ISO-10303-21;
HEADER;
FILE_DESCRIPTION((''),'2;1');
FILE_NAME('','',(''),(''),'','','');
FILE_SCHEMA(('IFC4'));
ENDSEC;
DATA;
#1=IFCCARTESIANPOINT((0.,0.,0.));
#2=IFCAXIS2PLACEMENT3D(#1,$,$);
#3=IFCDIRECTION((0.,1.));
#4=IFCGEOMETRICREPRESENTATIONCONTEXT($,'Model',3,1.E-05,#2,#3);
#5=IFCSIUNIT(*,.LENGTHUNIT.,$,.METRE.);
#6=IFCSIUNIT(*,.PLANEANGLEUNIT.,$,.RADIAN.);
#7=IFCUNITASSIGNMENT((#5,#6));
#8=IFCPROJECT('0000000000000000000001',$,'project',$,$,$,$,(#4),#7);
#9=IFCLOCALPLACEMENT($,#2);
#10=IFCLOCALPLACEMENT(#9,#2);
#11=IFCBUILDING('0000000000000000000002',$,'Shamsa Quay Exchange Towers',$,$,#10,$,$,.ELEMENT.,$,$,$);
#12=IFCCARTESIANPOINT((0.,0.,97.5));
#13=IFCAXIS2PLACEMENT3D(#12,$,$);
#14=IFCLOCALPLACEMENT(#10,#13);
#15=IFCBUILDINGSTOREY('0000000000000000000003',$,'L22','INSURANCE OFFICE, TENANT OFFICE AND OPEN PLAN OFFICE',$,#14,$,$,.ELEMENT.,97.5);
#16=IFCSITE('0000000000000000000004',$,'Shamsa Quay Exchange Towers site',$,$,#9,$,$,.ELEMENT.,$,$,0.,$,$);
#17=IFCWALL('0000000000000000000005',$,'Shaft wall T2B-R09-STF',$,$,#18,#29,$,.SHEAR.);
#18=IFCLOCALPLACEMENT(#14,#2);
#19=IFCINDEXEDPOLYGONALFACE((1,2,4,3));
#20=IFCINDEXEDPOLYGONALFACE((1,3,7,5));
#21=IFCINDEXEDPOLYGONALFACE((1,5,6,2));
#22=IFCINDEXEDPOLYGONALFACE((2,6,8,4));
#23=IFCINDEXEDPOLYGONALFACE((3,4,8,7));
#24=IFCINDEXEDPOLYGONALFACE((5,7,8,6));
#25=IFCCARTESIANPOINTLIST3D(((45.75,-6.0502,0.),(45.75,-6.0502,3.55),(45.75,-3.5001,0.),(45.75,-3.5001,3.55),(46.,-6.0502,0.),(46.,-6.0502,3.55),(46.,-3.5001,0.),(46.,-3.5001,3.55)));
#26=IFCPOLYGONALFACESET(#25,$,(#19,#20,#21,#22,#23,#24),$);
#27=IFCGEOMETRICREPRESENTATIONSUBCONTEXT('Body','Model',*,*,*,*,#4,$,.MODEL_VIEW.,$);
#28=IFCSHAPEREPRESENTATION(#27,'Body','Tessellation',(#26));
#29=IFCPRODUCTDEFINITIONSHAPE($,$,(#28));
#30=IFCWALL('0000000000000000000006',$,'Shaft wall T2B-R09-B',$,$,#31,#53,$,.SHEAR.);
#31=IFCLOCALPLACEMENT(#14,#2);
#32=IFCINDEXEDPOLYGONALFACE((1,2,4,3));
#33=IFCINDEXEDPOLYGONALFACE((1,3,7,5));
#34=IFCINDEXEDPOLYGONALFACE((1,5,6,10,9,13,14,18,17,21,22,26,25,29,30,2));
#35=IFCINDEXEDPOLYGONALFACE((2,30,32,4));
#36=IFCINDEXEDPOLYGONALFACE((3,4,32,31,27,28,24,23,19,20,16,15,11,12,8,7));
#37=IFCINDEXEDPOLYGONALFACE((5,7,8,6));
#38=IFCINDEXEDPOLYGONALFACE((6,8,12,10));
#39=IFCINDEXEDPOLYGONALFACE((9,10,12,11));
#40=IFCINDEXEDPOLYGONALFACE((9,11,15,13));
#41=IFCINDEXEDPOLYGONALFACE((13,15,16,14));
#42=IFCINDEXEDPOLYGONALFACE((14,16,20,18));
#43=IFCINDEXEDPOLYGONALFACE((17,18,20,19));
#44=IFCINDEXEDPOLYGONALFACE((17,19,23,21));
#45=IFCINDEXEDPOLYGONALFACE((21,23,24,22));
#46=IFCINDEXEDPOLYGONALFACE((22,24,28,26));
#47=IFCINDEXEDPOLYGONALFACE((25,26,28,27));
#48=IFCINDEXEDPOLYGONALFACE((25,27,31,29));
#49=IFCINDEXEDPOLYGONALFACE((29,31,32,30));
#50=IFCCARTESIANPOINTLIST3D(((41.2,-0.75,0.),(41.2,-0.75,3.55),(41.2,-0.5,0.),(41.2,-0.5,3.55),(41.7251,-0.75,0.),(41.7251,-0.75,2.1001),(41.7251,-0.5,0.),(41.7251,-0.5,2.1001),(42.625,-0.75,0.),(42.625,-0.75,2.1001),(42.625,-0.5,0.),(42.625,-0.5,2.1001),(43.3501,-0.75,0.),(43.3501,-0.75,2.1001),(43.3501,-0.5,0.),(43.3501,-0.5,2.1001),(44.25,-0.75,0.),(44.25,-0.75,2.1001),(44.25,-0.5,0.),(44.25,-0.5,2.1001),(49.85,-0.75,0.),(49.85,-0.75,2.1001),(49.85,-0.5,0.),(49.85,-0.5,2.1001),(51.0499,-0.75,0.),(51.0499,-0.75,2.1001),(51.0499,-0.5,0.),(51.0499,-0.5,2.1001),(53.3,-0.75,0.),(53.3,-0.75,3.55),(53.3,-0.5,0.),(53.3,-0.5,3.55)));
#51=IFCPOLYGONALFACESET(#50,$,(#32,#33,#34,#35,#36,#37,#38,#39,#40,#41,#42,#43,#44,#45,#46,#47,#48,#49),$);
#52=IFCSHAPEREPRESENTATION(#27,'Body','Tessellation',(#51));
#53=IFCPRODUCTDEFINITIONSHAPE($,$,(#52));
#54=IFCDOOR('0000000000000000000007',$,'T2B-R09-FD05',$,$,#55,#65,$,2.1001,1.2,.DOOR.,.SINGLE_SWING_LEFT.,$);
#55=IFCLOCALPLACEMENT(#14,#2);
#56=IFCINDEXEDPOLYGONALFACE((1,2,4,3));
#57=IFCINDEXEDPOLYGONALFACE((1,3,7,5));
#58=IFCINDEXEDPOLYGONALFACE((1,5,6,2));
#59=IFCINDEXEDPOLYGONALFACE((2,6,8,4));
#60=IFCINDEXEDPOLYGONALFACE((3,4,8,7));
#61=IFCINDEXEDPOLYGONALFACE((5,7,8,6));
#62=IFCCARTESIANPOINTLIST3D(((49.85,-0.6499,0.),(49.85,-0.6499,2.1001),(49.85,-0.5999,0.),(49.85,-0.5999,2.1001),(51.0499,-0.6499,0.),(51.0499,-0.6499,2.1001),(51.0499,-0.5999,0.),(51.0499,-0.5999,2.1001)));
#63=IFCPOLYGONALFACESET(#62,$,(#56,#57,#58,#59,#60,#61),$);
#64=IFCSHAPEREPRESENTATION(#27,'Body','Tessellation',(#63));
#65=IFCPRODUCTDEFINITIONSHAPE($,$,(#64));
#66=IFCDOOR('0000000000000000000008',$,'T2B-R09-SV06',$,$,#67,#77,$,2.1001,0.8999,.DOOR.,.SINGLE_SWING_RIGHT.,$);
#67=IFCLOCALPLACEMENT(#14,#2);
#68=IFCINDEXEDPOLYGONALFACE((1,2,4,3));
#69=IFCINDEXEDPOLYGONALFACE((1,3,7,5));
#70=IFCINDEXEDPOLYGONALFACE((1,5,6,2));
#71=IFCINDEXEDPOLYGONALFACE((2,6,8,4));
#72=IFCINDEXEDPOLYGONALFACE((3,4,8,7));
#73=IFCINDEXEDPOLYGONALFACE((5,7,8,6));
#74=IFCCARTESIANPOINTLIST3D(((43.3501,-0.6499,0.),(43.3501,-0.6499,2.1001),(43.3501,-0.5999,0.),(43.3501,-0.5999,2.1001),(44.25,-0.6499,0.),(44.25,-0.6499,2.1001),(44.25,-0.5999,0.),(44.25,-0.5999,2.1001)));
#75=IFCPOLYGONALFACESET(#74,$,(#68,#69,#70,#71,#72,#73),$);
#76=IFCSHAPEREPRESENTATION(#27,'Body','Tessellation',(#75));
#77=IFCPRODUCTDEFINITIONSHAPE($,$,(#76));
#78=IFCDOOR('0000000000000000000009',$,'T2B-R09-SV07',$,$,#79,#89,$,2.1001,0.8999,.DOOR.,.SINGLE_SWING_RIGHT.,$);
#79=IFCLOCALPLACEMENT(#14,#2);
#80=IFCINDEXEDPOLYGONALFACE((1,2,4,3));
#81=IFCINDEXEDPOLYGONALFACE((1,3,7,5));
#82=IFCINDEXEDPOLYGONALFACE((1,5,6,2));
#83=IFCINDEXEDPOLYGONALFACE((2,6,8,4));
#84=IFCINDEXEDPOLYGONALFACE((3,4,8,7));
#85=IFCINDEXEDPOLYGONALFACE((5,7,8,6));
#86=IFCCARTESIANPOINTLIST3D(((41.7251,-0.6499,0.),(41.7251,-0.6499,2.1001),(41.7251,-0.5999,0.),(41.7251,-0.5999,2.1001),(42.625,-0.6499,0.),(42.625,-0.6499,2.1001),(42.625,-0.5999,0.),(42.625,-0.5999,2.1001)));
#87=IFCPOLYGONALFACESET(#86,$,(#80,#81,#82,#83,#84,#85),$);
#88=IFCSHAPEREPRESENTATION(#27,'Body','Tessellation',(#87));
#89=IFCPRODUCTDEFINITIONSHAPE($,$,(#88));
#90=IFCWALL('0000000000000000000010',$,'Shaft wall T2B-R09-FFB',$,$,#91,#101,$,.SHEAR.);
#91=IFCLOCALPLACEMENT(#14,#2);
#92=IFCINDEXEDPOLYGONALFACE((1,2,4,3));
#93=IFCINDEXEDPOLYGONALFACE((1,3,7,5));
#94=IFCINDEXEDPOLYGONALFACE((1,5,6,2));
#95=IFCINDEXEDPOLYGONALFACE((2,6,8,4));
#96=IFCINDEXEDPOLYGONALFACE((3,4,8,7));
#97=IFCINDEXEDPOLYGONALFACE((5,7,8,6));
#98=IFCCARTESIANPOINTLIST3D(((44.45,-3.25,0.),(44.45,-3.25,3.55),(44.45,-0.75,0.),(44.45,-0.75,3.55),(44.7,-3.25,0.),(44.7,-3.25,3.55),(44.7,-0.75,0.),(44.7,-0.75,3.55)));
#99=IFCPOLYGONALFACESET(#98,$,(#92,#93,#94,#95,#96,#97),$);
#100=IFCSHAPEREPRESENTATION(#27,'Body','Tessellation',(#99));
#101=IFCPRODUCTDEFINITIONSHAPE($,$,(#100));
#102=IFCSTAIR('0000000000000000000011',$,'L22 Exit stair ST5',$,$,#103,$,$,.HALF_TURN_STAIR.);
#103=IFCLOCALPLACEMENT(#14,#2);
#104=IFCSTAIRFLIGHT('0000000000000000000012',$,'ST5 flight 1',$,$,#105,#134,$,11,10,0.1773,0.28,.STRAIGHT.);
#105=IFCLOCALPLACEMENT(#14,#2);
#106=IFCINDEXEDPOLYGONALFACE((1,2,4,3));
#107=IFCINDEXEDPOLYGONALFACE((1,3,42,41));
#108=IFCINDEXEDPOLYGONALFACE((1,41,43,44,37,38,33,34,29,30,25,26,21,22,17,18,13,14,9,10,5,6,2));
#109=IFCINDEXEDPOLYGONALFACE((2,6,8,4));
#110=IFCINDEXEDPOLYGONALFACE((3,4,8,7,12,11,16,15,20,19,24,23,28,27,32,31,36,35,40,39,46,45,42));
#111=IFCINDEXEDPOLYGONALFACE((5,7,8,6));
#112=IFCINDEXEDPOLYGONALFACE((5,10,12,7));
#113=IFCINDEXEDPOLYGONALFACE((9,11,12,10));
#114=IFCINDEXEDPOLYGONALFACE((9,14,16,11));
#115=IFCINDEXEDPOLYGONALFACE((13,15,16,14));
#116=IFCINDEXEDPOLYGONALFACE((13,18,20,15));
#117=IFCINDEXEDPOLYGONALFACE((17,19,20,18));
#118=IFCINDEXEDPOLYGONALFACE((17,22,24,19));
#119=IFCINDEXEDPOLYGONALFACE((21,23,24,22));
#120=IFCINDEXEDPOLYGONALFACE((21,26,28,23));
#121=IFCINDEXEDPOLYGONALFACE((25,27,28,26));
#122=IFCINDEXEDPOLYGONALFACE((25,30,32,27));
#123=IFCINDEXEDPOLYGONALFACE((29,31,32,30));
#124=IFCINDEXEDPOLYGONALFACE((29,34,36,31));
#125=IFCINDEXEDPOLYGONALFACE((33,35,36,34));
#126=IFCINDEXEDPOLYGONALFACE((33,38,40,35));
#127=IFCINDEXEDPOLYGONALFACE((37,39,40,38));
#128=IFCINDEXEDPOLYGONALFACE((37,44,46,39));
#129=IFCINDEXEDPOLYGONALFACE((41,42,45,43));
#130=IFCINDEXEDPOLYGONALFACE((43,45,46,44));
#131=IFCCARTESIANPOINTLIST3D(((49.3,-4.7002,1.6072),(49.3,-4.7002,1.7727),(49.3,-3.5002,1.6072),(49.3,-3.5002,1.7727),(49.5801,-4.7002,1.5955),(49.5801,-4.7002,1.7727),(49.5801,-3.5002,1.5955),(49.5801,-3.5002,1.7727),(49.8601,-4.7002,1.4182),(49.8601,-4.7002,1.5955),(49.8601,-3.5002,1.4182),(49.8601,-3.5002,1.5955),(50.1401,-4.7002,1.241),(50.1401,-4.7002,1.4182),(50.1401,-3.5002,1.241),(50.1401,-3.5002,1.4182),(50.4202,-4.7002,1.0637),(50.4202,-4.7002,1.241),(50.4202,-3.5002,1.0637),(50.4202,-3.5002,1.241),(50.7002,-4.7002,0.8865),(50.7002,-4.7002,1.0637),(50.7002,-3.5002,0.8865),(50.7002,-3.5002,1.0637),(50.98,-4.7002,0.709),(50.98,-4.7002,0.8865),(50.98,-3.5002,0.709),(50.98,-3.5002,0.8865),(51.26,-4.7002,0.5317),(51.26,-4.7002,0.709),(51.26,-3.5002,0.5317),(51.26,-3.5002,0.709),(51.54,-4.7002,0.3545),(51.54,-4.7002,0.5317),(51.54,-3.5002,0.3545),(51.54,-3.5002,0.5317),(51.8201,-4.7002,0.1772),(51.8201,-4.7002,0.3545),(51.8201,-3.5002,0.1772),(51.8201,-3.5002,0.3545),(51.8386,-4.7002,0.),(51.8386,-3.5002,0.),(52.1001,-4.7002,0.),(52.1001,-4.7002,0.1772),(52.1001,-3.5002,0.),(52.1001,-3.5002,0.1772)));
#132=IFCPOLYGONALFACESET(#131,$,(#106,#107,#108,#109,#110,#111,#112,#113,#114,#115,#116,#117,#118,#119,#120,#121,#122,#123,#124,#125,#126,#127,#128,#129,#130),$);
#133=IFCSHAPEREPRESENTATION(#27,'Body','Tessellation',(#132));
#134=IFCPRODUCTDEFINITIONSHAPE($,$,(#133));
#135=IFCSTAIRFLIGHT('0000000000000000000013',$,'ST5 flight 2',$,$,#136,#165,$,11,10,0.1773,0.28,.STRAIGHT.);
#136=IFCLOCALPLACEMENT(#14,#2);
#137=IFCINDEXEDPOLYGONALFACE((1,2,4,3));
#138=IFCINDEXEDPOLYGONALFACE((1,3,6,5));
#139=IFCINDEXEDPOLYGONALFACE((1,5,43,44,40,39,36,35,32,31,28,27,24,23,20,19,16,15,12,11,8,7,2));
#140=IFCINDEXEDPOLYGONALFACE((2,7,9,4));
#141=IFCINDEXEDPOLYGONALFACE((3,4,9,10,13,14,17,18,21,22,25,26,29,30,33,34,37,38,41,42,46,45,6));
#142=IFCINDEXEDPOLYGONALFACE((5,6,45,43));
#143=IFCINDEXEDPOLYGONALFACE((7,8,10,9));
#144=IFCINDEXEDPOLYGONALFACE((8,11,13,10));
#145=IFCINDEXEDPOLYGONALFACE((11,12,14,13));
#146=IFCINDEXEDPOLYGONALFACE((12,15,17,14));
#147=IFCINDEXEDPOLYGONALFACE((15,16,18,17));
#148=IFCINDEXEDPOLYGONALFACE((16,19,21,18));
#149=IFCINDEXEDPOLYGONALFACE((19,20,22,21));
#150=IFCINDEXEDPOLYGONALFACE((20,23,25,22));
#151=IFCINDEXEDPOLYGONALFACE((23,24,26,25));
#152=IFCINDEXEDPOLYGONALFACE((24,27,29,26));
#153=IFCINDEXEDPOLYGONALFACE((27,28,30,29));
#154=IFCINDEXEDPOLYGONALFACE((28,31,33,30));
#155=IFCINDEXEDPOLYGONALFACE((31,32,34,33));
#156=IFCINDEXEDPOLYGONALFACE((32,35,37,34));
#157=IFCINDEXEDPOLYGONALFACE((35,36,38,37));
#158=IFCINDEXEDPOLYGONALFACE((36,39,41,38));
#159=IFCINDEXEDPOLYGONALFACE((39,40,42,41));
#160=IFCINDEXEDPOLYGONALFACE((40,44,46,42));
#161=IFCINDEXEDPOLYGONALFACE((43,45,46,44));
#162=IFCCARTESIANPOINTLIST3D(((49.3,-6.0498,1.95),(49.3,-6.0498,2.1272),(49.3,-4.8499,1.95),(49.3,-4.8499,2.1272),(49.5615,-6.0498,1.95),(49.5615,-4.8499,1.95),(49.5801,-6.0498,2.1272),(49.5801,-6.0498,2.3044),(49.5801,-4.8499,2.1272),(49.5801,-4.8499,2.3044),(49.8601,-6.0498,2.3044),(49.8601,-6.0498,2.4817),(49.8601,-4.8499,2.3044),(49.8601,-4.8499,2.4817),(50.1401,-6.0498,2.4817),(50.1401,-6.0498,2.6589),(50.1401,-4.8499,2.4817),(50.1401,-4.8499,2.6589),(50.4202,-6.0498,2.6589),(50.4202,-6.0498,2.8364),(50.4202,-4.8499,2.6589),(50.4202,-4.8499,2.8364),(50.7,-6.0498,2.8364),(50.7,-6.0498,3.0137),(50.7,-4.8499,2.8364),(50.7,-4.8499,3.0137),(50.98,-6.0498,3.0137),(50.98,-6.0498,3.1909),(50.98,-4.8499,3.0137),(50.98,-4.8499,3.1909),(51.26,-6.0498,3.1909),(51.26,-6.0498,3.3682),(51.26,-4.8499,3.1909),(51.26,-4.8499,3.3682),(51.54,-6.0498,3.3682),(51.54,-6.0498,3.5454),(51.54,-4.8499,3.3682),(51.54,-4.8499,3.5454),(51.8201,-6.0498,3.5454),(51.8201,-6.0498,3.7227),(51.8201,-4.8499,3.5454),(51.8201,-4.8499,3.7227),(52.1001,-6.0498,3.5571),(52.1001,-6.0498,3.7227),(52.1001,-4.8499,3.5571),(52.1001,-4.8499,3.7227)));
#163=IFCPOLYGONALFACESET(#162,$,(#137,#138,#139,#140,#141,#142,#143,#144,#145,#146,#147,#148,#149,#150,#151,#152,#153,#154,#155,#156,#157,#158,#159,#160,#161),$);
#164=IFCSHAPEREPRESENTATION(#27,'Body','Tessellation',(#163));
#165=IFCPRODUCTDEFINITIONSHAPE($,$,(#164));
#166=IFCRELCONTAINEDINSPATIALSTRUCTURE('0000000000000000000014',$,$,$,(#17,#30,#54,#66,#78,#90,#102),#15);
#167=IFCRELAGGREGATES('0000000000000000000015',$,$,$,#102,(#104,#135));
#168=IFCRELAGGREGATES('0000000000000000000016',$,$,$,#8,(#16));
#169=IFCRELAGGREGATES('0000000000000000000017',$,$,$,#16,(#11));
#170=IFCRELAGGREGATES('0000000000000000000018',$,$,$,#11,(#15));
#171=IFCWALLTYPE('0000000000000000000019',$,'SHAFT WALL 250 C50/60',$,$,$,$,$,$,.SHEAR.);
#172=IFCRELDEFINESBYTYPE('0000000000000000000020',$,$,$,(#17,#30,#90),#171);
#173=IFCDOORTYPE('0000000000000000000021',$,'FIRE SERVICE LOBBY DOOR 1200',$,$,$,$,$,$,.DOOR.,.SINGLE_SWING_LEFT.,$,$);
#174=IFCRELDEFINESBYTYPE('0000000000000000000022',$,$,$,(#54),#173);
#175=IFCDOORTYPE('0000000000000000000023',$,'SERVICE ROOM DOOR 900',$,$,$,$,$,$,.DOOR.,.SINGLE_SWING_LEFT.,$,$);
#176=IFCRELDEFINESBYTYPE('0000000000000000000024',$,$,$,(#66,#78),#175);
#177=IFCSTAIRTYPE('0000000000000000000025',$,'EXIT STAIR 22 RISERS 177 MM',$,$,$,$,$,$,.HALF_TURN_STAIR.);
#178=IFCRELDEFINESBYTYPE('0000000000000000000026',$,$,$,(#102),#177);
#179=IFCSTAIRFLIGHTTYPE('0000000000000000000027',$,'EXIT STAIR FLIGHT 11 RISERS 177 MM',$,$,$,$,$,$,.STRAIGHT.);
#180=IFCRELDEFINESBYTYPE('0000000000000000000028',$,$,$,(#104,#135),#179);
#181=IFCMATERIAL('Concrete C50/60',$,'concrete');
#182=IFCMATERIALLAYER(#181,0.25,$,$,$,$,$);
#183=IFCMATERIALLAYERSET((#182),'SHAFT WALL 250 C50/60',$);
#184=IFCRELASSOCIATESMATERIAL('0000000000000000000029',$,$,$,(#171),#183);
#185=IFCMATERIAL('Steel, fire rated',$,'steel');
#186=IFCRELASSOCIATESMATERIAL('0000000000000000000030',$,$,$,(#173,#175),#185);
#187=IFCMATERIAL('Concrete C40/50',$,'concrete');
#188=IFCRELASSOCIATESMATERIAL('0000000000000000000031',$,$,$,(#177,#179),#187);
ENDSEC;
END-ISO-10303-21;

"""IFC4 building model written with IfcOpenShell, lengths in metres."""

from ifc_helpers import new_model, si_unit, direction, frame, frame_2d, origin, place, context, subcontext, project, spatial, polyline, rectangle, outline, extrude, material, layer, layer_set, type_object, element, fill, aggregate, save


model = new_model("IFC4")

# Units and contexts
model_context = context("Model", 3, precision=1e-05, world=origin(), true_north=direction((0.0, 1.0)))
body_context = subcontext(model_context, "Body", "Model", "MODEL_VIEW")
ifc_project = project(units=[si_unit("LENGTHUNIT", "METRE"), si_unit("PLANEANGLEUNIT", "RADIAN")], contexts=[model_context])

# Site, building, storey
site_placement = place(None, origin())
site = spatial("IfcSite", under=ifc_project, at=site_placement, Name="Shamsa Quay Exchange Towers site", CompositionType="ELEMENT", RefElevation=0.0)
building_placement = place(site_placement, origin())
building = spatial("IfcBuilding", under=site, at=building_placement, Name="Shamsa Quay Exchange Towers", CompositionType="ELEMENT")
storey_placement = place(building_placement, frame((0.0, 0.0, 97.5)))
storey = spatial("IfcBuildingStorey", under=building, at=storey_placement, Name="L22", Description="INSURANCE OFFICE, TENANT OFFICE AND OPEN PLAN OFFICE", CompositionType="ELEMENT", Elevation=97.5)

# Shared definitions
ifc_material_1 = material(Name="Steel, fire rated", Category="steel")
ifc_material_2 = material(Name="Concrete C50/60", Category="concrete")
ifc_layer_1 = layer(ifc_material_2, 0.25)
ifc_layer_set_1 = layer_set([ifc_layer_1], Name="SHAFT WALL 250 C50/60")
wall_type_1 = type_object("IfcWallType", Name="SHAFT WALL 250 C50/60", PredefinedType="SHEAR", material=ifc_layer_set_1)

# Wall
wall_1_placement = place(storey_placement, frame((45.875, -6.05, 0.0), z_axis=(0.0, 0.0, 1.0), x_axis=(0.0, 1.0, 0.0)))
element("IfcWall", 1, at=wall_1_placement, inside=storey, type_object=wall_type_1, Name="Shaft wall T2B-R09-STF", PredefinedType="SHEAR", context=body_context, shape_type="SweptSolid", body=[
    extrude(rectangle(XDim=2.55, YDim=0.25, at=frame_2d((1.2749, 0.0))), origin(), (0.0, 0.0, 1.0), 3.55),
])

# Wall, openings, doors
wall_2_placement = place(storey_placement, frame((53.3, -0.625, 0.0), z_axis=(0.0, 0.0, 1.0), x_axis=(-1.0, 0.0, 0.0)))
wall_2 = element("IfcWall", 2, at=wall_2_placement, inside=storey, type_object=wall_type_1, Name="Shaft wall T2B-R09-B", PredefinedType="SHEAR", context=body_context, shape_type="SweptSolid", body=[
    extrude(rectangle(XDim=12.1001, YDim=0.25, at=frame_2d((6.05, 0.0))), origin(), (0.0, 0.0, 1.0), 3.55),
])
opening_1_placement = place(wall_2_placement, frame((2.25, 0.0, 0.0)))
opening_1 = element("IfcOpeningElement", 3, at=opening_1_placement, cuts=wall_2, PredefinedType="OPENING", context=body_context, shape_type="SweptSolid", body=[
    extrude(rectangle(XDim=1.2, YDim=2.1001, at=frame_2d((0.6001, 1.05))), frame((0.0, 0.135, 0.0), z_axis=(0.0, -1.0, 0.0), x_axis=(1.0, 0.0, 0.0)), (0.0, 0.0, 1.0), 0.27),
])
opening_2_placement = place(wall_2_placement, frame((9.05, 0.0, 0.0)))
opening_2 = element("IfcOpeningElement", 4, at=opening_2_placement, cuts=wall_2, PredefinedType="OPENING", context=body_context, shape_type="SweptSolid", body=[
    extrude(rectangle(XDim=0.8999, YDim=2.1001, at=frame_2d((0.45, 1.05))), frame((0.0, 0.135, 0.0), z_axis=(0.0, -1.0, 0.0), x_axis=(1.0, 0.0, 0.0)), (0.0, 0.0, 1.0), 0.27),
])
opening_3_placement = place(wall_2_placement, frame((10.675, 0.0, 0.0)))
opening_3 = element("IfcOpeningElement", 5, at=opening_3_placement, cuts=wall_2, PredefinedType="OPENING", context=body_context, shape_type="SweptSolid", body=[
    extrude(rectangle(XDim=0.8999, YDim=2.1001, at=frame_2d((0.45, 1.05))), frame((0.0, 0.135, 0.0), z_axis=(0.0, -1.0, 0.0), x_axis=(1.0, 0.0, 0.0)), (0.0, 0.0, 1.0), 0.27),
])
door_type_1 = type_object("IfcDoorType", Name="FIRE SERVICE LOBBY DOOR 1200", OperationType="SINGLE_SWING_LEFT", PredefinedType="DOOR", material=ifc_material_1)
door_1_placement = place(opening_1_placement, origin())
door_1 = element("IfcDoor", 6, at=door_1_placement, inside=storey, type_object=door_type_1, Name="T2B-R09-FD05", OperationType="SINGLE_SWING_LEFT", OverallHeight=2.1001, OverallWidth=1.2, PredefinedType="DOOR", context=body_context, shape_type="SweptSolid", body=[
    extrude(rectangle(XDim=1.2, YDim=2.1001, at=frame_2d((0.6001, 1.05))), frame((0.0, 0.0249, 0.0), z_axis=(0.0, -1.0, 0.0), x_axis=(1.0, 0.0, 0.0)), (0.0, 0.0, 1.0), 0.05),
])
fill(opening_1, door_1)
door_type_2 = type_object("IfcDoorType", Name="SERVICE ROOM DOOR 900", OperationType="SINGLE_SWING_LEFT", PredefinedType="DOOR", material=ifc_material_1)
door_2_placement = place(opening_2_placement, origin())
door_2 = element("IfcDoor", 7, at=door_2_placement, inside=storey, type_object=door_type_2, Name="T2B-R09-SV06", OperationType="SINGLE_SWING_RIGHT", OverallHeight=2.1001, OverallWidth=0.8999, PredefinedType="DOOR", context=body_context, shape_type="SweptSolid", body=[
    extrude(rectangle(XDim=0.8999, YDim=2.1001, at=frame_2d((0.45, 1.05))), frame((0.0, 0.0249, 0.0), z_axis=(0.0, -1.0, 0.0), x_axis=(1.0, 0.0, 0.0)), (0.0, 0.0, 1.0), 0.05),
])
fill(opening_2, door_2)
door_3_placement = place(opening_3_placement, origin())
door_3 = element("IfcDoor", 8, at=door_3_placement, inside=storey, type_object=door_type_2, Name="T2B-R09-SV07", OperationType="SINGLE_SWING_RIGHT", OverallHeight=2.1001, OverallWidth=0.8999, PredefinedType="DOOR", context=body_context, shape_type="SweptSolid", body=[
    extrude(rectangle(XDim=0.8999, YDim=2.1001, at=frame_2d((0.45, 1.05))), frame((0.0, 0.0249, 0.0), z_axis=(0.0, -1.0, 0.0), x_axis=(1.0, 0.0, 0.0)), (0.0, 0.0, 1.0), 0.05),
])
fill(opening_3, door_3)

# Wall
wall_3_placement = place(storey_placement, frame((44.575, -3.25, 0.0), z_axis=(0.0, 0.0, 1.0), x_axis=(0.0, 1.0, 0.0)))
element("IfcWall", 9, at=wall_3_placement, inside=storey, type_object=wall_type_1, Name="Shaft wall T2B-R09-FFB", PredefinedType="SHEAR", context=body_context, shape_type="SweptSolid", body=[
    extrude(rectangle(XDim=2.5, YDim=0.25, at=frame_2d((1.25, 0.0))), origin(), (0.0, 0.0, 1.0), 3.55),
])

# Stair, stair flights
ifc_material_3 = material(Name="Concrete C40/50", Category="concrete")
stair_type = type_object("IfcStairType", Name="EXIT STAIR 22 RISERS 177 MM", PredefinedType="HALF_TURN_STAIR", material=ifc_material_3)
stair_placement = place(storey_placement, origin())
stair = element("IfcStair", 10, at=stair_placement, inside=storey, type_object=stair_type, Name="L22 Exit stair ST5", PredefinedType="HALF_TURN_STAIR")
stair_flight_type = type_object("IfcStairFlightType", Name="EXIT STAIR FLIGHT 11 RISERS 177 MM", PredefinedType="STRAIGHT", material=ifc_material_3)
stair_flight_1_placement = place(storey_placement, frame((52.1001, -4.1001, 0.0), z_axis=(0.0, 0.0, 1.0), x_axis=(-1.0, 0.0, 0.0)))
stair_flight_1 = element("IfcStairFlight", 11, at=stair_flight_1_placement, type_object=stair_flight_type, Name="ST5 flight 1", NumberOfRisers=11, NumberOfTreads=10, PredefinedType="STRAIGHT", RiserHeight=0.1773, TreadLength=0.28, context=body_context, shape_type="SweptSolid", body=[
    extrude(outline(polyline([(0.0, 0.0), (0.0, 0.1772), (0.28, 0.1772), (0.28, 0.3545), (0.5601, 0.3545), (0.5601, 0.5317), (0.8401, 0.5317), (0.8401, 0.709), (1.1201, 0.709), (1.1201, 0.8865), (1.3999, 0.8865), (1.3999, 1.0637), (1.6799, 1.0637), (1.6799, 1.241), (1.96, 1.241), (1.96, 1.4182), (2.24, 1.4182), (2.24, 1.5955), (2.52, 1.5955), (2.52, 1.7727), (2.8, 1.7727), (2.8, 1.95), (2.8, 1.6072), (0.2615, 0.0), (0.0, 0.0)])), frame((0.0, 0.6001, 0.0), z_axis=(0.0, -1.0, 0.0), x_axis=(1.0, 0.0, 0.0)), (0.0, 0.0, 1.0), 1.2),
])
stair_flight_2_placement = place(storey_placement, frame((49.3, -5.45, 1.95)))
stair_flight_2 = element("IfcStairFlight", 12, at=stair_flight_2_placement, type_object=stair_flight_type, Name="ST5 flight 2", NumberOfRisers=11, NumberOfTreads=10, PredefinedType="STRAIGHT", RiserHeight=0.1773, TreadLength=0.28, context=body_context, shape_type="SweptSolid", body=[
    extrude(outline(polyline([(0.0, 0.0), (0.0, 0.1772), (0.28, 0.1772), (0.28, 0.3545), (0.5601, 0.3545), (0.5601, 0.5317), (0.8401, 0.5317), (0.8401, 0.709), (1.1201, 0.709), (1.1201, 0.8865), (1.3999, 0.8865), (1.3999, 1.0637), (1.6799, 1.0637), (1.6799, 1.241), (1.96, 1.241), (1.96, 1.4182), (2.24, 1.4182), (2.24, 1.5955), (2.52, 1.5955), (2.52, 1.7727), (2.8, 1.7727), (2.8, 1.95), (2.8, 1.6072), (0.2615, 0.0), (0.0, 0.0)])), frame((0.0, 0.6001, 0.0), z_axis=(0.0, -1.0, 0.0), x_axis=(1.0, 0.0, 0.0)), (0.0, 0.0, 1.0), 1.2),
])
aggregate(stair, [stair_flight_1, stair_flight_2])

save(model, "model.ifc")
